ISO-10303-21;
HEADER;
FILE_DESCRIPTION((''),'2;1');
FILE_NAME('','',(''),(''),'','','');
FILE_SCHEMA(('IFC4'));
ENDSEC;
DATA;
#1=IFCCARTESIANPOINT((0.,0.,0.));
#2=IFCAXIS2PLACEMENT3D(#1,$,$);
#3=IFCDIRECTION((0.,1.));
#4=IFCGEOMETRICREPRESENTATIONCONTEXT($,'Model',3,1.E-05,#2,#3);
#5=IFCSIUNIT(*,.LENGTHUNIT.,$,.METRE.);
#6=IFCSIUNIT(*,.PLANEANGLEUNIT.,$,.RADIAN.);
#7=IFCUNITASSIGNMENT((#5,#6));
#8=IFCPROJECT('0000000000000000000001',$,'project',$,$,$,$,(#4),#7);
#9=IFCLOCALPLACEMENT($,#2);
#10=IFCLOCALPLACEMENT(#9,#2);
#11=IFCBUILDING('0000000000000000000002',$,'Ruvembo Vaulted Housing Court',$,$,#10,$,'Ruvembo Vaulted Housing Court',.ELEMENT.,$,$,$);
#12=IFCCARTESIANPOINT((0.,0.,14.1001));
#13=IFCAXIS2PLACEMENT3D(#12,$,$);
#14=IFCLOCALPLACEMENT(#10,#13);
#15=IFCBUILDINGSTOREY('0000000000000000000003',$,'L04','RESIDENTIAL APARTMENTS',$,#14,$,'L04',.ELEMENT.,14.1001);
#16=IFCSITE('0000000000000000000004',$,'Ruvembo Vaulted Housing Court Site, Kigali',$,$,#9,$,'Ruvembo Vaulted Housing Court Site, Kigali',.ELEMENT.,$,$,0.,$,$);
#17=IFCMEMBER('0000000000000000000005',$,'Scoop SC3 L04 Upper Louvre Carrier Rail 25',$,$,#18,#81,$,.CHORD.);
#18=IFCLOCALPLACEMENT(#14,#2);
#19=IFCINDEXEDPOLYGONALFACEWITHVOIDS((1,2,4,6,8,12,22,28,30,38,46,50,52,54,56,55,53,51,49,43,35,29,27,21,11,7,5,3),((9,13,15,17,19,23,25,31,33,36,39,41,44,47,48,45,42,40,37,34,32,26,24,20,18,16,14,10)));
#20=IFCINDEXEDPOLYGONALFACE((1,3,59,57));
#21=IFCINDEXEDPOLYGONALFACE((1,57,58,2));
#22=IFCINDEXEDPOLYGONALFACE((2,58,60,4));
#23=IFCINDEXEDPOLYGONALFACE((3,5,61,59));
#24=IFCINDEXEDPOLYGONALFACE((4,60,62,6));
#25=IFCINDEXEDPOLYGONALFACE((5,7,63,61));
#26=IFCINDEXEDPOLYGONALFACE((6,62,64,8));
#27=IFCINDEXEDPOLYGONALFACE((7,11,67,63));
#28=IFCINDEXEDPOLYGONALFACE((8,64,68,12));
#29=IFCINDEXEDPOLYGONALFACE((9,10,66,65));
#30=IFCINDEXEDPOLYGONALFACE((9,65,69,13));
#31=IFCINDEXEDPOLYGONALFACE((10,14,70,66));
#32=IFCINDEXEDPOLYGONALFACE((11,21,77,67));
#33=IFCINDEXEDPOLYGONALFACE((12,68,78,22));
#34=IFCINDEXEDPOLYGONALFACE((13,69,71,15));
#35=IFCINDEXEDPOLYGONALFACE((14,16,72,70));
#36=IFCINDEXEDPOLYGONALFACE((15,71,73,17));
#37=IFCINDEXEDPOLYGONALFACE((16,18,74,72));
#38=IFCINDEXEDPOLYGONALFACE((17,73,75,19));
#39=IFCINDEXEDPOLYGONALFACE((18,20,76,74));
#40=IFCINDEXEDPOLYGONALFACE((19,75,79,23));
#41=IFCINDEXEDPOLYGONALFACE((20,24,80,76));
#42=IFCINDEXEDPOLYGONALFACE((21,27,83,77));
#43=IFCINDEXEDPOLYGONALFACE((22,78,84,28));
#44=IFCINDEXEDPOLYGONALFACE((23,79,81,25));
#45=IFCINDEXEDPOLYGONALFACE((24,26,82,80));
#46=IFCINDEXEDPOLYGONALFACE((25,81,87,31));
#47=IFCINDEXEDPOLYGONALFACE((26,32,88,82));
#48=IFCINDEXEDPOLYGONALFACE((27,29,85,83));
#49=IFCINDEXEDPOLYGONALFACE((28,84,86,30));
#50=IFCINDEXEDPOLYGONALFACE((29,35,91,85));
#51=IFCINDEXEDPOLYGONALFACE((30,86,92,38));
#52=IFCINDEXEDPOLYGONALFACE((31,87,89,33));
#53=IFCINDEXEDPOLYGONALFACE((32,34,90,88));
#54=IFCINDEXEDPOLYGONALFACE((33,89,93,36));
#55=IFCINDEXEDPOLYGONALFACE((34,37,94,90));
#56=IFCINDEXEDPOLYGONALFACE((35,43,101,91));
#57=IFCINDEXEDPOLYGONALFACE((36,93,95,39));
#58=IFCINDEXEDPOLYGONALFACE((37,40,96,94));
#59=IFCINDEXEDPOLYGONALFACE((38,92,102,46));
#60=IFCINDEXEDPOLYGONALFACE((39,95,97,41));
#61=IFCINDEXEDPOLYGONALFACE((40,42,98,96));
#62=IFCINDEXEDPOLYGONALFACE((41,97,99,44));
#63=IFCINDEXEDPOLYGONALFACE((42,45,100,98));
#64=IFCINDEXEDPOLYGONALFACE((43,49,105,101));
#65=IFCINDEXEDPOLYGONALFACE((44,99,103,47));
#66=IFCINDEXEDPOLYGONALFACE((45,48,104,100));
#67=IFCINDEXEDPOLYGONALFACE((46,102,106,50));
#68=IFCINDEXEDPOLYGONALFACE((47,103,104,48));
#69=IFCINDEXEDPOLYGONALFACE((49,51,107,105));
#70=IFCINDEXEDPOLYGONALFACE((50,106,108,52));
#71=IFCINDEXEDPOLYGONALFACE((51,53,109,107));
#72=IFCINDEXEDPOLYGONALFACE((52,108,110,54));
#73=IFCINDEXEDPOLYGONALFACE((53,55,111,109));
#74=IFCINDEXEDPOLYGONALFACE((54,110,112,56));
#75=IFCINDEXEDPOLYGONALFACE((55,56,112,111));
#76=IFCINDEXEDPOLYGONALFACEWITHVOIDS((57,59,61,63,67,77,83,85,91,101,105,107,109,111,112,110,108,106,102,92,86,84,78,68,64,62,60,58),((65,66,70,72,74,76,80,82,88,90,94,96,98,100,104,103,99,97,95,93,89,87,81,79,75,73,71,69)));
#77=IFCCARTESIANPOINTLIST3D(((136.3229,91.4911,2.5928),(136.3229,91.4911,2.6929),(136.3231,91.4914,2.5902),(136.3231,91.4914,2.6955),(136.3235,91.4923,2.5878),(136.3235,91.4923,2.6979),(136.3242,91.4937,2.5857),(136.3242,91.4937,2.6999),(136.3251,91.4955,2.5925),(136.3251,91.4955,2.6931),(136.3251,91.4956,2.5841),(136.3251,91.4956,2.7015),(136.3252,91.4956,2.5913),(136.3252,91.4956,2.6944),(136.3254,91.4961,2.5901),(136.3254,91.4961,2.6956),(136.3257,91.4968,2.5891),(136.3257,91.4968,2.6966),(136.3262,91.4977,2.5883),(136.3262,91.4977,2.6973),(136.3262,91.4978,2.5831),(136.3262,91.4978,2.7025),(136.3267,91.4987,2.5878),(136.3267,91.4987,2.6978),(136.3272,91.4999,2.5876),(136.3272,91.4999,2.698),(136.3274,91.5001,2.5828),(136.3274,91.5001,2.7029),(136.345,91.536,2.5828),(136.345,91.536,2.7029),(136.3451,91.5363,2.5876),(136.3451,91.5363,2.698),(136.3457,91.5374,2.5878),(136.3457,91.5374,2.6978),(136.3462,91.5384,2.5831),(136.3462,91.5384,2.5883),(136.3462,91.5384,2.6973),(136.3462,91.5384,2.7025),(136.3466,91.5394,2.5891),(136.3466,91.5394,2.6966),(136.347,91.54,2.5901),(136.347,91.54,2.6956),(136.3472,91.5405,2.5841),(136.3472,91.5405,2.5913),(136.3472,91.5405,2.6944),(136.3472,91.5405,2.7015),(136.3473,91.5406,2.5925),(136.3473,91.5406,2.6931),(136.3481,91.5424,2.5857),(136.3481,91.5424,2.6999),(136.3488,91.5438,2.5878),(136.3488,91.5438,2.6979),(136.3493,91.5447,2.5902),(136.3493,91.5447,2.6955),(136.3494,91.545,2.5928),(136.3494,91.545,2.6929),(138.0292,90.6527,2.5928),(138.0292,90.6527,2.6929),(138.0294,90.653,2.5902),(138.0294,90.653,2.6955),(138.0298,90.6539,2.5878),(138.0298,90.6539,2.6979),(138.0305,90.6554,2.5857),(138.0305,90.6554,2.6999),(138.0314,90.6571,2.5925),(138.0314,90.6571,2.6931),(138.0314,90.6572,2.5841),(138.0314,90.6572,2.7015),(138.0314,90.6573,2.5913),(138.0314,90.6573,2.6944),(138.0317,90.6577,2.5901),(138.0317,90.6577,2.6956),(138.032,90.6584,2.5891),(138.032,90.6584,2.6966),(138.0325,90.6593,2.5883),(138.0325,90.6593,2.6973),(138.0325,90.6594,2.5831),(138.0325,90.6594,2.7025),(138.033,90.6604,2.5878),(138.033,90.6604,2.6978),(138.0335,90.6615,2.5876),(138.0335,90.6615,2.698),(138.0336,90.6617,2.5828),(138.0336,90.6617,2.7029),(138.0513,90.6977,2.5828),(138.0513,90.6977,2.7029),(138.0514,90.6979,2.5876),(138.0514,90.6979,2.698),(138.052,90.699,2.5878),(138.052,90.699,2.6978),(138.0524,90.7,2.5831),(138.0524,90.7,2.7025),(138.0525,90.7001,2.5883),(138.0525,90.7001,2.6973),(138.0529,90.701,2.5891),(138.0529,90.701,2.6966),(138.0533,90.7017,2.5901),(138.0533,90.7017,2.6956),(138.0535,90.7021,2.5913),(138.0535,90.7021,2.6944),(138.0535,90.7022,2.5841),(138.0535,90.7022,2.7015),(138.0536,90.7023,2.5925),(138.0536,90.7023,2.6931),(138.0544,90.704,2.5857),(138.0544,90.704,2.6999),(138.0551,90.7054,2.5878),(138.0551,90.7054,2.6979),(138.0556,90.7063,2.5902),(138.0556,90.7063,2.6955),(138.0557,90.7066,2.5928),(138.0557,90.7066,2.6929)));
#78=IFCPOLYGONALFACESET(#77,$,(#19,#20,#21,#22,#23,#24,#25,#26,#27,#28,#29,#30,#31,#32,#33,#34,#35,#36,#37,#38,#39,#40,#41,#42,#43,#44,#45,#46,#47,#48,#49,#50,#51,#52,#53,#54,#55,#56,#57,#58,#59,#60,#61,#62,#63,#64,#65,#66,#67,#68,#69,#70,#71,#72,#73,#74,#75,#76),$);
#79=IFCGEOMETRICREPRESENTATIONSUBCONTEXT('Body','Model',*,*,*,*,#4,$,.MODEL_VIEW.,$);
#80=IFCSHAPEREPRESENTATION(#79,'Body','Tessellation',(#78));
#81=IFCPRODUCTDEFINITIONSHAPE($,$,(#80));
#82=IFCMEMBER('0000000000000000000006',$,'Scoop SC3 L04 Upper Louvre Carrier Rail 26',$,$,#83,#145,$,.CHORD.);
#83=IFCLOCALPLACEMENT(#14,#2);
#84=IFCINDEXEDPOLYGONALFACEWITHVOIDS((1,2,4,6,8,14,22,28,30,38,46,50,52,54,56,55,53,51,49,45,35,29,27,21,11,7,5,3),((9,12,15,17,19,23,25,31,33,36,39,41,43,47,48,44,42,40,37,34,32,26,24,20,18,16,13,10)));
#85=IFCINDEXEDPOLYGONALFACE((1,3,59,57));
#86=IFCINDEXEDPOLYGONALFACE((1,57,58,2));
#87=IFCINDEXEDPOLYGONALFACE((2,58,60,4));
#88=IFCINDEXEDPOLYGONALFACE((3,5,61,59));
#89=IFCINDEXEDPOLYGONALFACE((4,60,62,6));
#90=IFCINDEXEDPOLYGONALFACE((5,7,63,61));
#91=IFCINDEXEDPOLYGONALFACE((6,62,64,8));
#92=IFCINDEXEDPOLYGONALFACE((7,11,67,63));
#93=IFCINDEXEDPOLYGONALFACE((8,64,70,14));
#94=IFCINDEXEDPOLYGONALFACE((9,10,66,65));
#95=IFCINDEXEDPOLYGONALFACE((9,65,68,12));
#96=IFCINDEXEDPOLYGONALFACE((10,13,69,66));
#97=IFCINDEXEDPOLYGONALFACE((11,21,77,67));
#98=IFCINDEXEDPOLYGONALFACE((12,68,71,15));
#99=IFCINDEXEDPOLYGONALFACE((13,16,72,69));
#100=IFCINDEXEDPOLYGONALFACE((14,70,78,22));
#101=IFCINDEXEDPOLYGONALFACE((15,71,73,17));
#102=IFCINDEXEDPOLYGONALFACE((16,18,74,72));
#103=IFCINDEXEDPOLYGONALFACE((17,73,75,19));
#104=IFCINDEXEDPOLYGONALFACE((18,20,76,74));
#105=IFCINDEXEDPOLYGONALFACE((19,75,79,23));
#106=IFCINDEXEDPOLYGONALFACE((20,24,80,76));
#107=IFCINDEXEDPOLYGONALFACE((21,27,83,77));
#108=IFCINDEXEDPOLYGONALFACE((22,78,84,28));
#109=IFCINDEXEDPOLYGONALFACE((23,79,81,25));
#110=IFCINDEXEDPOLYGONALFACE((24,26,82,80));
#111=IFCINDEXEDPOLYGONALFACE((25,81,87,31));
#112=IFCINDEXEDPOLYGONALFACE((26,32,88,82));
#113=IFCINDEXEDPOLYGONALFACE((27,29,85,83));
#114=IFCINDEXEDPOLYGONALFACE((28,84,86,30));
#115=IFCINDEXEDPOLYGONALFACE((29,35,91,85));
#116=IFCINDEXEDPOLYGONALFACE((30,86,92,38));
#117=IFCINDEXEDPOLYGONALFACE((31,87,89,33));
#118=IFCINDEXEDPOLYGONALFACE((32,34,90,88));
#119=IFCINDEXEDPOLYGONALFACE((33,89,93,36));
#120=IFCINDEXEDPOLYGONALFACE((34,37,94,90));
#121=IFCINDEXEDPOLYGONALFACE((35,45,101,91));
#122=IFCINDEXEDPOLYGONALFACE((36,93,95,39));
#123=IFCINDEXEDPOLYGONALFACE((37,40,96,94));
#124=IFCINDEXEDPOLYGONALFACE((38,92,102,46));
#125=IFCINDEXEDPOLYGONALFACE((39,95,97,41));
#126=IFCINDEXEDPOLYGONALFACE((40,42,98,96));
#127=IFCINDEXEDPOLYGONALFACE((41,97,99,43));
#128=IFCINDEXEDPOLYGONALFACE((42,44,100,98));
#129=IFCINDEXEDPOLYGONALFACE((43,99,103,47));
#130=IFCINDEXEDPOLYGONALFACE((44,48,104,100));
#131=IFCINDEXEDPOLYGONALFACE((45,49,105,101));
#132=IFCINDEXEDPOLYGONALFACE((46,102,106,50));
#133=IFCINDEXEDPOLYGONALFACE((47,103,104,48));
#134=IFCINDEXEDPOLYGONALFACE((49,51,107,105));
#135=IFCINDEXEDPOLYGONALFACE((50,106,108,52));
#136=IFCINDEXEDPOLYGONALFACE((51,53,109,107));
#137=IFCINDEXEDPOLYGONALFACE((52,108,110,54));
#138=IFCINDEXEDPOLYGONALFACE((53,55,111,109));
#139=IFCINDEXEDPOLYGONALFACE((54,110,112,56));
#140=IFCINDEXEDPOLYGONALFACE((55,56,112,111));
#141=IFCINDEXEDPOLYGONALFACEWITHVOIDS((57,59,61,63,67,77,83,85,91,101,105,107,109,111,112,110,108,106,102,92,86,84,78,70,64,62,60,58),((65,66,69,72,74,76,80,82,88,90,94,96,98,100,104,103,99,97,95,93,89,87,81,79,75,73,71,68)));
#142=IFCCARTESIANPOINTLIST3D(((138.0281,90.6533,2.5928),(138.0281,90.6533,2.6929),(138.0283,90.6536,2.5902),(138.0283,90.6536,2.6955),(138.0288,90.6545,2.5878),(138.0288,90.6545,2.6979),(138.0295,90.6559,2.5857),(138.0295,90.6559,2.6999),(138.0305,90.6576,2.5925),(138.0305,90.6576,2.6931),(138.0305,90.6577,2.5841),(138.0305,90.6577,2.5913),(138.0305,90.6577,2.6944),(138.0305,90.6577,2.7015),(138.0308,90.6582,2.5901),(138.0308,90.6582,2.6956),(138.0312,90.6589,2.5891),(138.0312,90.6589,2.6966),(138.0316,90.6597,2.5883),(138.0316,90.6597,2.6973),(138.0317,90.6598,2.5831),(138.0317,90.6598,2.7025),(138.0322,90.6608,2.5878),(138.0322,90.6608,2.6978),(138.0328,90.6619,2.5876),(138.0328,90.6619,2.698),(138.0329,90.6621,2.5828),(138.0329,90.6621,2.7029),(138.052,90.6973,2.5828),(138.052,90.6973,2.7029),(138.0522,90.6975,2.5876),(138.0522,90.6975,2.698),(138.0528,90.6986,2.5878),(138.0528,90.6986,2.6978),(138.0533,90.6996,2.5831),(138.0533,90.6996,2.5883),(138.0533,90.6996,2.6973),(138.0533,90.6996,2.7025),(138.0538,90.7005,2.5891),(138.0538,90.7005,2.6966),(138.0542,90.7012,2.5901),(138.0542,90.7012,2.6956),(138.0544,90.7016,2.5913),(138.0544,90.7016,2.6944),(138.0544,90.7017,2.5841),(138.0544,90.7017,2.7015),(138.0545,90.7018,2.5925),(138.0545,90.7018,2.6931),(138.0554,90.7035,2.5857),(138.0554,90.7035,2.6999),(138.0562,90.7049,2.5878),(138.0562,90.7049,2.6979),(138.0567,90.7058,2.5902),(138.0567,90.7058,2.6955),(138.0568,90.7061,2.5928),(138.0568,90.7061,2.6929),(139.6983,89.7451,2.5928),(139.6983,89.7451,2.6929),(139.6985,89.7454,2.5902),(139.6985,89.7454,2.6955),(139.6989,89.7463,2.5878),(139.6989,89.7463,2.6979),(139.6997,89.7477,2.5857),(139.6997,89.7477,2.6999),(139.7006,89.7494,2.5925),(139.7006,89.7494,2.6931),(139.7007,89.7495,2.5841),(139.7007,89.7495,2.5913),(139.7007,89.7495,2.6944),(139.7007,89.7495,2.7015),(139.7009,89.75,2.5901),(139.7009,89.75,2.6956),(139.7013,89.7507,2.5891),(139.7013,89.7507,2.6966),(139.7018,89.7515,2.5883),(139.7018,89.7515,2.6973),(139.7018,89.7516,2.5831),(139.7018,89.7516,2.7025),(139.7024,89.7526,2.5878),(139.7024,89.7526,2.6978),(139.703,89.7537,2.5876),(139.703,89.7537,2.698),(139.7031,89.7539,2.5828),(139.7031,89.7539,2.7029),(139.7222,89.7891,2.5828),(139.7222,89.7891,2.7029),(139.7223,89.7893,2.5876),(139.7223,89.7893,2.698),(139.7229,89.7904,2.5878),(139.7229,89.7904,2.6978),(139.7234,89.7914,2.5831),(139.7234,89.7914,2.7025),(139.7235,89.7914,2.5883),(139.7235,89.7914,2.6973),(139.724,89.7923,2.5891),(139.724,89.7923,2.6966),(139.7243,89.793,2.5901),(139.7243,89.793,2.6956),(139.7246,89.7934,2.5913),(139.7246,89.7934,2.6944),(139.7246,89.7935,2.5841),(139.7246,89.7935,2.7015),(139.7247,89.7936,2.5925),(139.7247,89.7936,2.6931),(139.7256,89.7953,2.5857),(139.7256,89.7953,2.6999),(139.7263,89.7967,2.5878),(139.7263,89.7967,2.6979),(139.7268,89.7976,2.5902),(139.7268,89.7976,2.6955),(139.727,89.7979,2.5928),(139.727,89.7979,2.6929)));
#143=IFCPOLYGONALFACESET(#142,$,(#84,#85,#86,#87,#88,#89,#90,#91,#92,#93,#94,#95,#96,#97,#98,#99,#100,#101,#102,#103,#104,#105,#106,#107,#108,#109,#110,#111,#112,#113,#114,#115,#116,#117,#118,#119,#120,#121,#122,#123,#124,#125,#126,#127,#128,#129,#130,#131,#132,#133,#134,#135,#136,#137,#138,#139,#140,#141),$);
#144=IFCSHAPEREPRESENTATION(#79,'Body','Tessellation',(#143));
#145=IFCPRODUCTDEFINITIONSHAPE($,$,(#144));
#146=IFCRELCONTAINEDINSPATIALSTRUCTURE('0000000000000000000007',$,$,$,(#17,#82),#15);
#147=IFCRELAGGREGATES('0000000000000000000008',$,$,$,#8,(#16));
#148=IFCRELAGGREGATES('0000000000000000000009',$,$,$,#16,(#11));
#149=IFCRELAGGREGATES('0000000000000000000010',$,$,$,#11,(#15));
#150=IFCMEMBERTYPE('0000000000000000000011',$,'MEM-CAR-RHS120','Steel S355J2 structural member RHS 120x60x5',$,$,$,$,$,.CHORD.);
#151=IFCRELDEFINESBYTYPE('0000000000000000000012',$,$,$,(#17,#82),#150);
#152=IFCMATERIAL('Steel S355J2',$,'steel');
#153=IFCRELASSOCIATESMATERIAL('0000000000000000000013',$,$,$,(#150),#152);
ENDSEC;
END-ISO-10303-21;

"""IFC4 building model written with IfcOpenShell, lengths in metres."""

from ifc_helpers import new_model, si_unit, direction, frame, origin, origin_2d, place, context, subcontext, project, spatial, hollow_rectangle, extrude, material, material_profile, profile_set, type_object, element, save


model = new_model("IFC4")

# Units and contexts
model_context = context("Model", 3, precision=1e-05, world=origin(), true_north=direction((0.0, 1.0)))
body_context = subcontext(model_context, "Body", "Model", "MODEL_VIEW")
ifc_project = project(units=[si_unit("LENGTHUNIT", "METRE"), si_unit("PLANEANGLEUNIT", "RADIAN")], contexts=[model_context])

# Site, building, storey
site_placement = place(None, origin())
site = spatial("IfcSite", under=ifc_project, at=site_placement, Name="Ruvembo Vaulted Housing Court Site, Kigali", LongName="Ruvembo Vaulted Housing Court Site, Kigali", CompositionType="ELEMENT", RefElevation=0.0)
building_placement = place(site_placement, origin())
building = spatial("IfcBuilding", under=site, at=building_placement, Name="Ruvembo Vaulted Housing Court", LongName="Ruvembo Vaulted Housing Court", CompositionType="ELEMENT")
storey_placement = place(building_placement, frame((0.0, 0.0, 14.1001)))
storey = spatial("IfcBuildingStorey", under=building, at=storey_placement, Name="L04", Description="RESIDENTIAL APARTMENTS", LongName="L04", CompositionType="ELEMENT", Elevation=14.1001)

# Shared definitions
ifc_material_1 = material(Name="Steel S355J2", Category="steel")

# Members
ifc_material_profile_1 = material_profile(ifc_material_1, hollow_rectangle(XDim=0.0601, YDim=0.1201, WallThickness=0.0049, InnerFilletRadius=0.0049, OuterFilletRadius=0.01, at=origin_2d()), Name="RHS 120x60x5")
ifc_profile_set_1 = profile_set([ifc_material_profile_1], Name="Steel S355J2")
member_type_1 = type_object("IfcMemberType", Name="MEM-CAR-RHS120", Description="Steel S355J2 structural member RHS 120x60x5", PredefinedType="CHORD", material=ifc_profile_set_1)
for number, where, z_axis, x_axis, name in (
    (1, (136.3362, 91.5181, 2.6428), (0.897513, -0.440987, 0.0), (0.440987, 0.897513, 0.0), "Scoop SC3 L04 Upper Louvre Carrier Rail 25"),
    (2, (138.0425, 90.6797, 2.6428), (0.878513, -0.477718, 0.0), (0.477718, 0.878513, 0.0), "Scoop SC3 L04 Upper Louvre Carrier Rail 26"),
):
    element("IfcMember", number, at=place(storey_placement, frame(where, z_axis=z_axis, x_axis=x_axis)), inside=storey, type_object=member_type_1, Name=name, PredefinedType="CHORD", context=body_context, shape_type="SweptSolid", body=[
        extrude(hollow_rectangle(XDim=0.0601, YDim=0.1201, WallThickness=0.0049, InnerFilletRadius=0.0049, OuterFilletRadius=0.01, at=origin_2d()), origin(), (0.0, 0.0, 1.0), 1.9011),
    ])

save(model, "model.ifc")
